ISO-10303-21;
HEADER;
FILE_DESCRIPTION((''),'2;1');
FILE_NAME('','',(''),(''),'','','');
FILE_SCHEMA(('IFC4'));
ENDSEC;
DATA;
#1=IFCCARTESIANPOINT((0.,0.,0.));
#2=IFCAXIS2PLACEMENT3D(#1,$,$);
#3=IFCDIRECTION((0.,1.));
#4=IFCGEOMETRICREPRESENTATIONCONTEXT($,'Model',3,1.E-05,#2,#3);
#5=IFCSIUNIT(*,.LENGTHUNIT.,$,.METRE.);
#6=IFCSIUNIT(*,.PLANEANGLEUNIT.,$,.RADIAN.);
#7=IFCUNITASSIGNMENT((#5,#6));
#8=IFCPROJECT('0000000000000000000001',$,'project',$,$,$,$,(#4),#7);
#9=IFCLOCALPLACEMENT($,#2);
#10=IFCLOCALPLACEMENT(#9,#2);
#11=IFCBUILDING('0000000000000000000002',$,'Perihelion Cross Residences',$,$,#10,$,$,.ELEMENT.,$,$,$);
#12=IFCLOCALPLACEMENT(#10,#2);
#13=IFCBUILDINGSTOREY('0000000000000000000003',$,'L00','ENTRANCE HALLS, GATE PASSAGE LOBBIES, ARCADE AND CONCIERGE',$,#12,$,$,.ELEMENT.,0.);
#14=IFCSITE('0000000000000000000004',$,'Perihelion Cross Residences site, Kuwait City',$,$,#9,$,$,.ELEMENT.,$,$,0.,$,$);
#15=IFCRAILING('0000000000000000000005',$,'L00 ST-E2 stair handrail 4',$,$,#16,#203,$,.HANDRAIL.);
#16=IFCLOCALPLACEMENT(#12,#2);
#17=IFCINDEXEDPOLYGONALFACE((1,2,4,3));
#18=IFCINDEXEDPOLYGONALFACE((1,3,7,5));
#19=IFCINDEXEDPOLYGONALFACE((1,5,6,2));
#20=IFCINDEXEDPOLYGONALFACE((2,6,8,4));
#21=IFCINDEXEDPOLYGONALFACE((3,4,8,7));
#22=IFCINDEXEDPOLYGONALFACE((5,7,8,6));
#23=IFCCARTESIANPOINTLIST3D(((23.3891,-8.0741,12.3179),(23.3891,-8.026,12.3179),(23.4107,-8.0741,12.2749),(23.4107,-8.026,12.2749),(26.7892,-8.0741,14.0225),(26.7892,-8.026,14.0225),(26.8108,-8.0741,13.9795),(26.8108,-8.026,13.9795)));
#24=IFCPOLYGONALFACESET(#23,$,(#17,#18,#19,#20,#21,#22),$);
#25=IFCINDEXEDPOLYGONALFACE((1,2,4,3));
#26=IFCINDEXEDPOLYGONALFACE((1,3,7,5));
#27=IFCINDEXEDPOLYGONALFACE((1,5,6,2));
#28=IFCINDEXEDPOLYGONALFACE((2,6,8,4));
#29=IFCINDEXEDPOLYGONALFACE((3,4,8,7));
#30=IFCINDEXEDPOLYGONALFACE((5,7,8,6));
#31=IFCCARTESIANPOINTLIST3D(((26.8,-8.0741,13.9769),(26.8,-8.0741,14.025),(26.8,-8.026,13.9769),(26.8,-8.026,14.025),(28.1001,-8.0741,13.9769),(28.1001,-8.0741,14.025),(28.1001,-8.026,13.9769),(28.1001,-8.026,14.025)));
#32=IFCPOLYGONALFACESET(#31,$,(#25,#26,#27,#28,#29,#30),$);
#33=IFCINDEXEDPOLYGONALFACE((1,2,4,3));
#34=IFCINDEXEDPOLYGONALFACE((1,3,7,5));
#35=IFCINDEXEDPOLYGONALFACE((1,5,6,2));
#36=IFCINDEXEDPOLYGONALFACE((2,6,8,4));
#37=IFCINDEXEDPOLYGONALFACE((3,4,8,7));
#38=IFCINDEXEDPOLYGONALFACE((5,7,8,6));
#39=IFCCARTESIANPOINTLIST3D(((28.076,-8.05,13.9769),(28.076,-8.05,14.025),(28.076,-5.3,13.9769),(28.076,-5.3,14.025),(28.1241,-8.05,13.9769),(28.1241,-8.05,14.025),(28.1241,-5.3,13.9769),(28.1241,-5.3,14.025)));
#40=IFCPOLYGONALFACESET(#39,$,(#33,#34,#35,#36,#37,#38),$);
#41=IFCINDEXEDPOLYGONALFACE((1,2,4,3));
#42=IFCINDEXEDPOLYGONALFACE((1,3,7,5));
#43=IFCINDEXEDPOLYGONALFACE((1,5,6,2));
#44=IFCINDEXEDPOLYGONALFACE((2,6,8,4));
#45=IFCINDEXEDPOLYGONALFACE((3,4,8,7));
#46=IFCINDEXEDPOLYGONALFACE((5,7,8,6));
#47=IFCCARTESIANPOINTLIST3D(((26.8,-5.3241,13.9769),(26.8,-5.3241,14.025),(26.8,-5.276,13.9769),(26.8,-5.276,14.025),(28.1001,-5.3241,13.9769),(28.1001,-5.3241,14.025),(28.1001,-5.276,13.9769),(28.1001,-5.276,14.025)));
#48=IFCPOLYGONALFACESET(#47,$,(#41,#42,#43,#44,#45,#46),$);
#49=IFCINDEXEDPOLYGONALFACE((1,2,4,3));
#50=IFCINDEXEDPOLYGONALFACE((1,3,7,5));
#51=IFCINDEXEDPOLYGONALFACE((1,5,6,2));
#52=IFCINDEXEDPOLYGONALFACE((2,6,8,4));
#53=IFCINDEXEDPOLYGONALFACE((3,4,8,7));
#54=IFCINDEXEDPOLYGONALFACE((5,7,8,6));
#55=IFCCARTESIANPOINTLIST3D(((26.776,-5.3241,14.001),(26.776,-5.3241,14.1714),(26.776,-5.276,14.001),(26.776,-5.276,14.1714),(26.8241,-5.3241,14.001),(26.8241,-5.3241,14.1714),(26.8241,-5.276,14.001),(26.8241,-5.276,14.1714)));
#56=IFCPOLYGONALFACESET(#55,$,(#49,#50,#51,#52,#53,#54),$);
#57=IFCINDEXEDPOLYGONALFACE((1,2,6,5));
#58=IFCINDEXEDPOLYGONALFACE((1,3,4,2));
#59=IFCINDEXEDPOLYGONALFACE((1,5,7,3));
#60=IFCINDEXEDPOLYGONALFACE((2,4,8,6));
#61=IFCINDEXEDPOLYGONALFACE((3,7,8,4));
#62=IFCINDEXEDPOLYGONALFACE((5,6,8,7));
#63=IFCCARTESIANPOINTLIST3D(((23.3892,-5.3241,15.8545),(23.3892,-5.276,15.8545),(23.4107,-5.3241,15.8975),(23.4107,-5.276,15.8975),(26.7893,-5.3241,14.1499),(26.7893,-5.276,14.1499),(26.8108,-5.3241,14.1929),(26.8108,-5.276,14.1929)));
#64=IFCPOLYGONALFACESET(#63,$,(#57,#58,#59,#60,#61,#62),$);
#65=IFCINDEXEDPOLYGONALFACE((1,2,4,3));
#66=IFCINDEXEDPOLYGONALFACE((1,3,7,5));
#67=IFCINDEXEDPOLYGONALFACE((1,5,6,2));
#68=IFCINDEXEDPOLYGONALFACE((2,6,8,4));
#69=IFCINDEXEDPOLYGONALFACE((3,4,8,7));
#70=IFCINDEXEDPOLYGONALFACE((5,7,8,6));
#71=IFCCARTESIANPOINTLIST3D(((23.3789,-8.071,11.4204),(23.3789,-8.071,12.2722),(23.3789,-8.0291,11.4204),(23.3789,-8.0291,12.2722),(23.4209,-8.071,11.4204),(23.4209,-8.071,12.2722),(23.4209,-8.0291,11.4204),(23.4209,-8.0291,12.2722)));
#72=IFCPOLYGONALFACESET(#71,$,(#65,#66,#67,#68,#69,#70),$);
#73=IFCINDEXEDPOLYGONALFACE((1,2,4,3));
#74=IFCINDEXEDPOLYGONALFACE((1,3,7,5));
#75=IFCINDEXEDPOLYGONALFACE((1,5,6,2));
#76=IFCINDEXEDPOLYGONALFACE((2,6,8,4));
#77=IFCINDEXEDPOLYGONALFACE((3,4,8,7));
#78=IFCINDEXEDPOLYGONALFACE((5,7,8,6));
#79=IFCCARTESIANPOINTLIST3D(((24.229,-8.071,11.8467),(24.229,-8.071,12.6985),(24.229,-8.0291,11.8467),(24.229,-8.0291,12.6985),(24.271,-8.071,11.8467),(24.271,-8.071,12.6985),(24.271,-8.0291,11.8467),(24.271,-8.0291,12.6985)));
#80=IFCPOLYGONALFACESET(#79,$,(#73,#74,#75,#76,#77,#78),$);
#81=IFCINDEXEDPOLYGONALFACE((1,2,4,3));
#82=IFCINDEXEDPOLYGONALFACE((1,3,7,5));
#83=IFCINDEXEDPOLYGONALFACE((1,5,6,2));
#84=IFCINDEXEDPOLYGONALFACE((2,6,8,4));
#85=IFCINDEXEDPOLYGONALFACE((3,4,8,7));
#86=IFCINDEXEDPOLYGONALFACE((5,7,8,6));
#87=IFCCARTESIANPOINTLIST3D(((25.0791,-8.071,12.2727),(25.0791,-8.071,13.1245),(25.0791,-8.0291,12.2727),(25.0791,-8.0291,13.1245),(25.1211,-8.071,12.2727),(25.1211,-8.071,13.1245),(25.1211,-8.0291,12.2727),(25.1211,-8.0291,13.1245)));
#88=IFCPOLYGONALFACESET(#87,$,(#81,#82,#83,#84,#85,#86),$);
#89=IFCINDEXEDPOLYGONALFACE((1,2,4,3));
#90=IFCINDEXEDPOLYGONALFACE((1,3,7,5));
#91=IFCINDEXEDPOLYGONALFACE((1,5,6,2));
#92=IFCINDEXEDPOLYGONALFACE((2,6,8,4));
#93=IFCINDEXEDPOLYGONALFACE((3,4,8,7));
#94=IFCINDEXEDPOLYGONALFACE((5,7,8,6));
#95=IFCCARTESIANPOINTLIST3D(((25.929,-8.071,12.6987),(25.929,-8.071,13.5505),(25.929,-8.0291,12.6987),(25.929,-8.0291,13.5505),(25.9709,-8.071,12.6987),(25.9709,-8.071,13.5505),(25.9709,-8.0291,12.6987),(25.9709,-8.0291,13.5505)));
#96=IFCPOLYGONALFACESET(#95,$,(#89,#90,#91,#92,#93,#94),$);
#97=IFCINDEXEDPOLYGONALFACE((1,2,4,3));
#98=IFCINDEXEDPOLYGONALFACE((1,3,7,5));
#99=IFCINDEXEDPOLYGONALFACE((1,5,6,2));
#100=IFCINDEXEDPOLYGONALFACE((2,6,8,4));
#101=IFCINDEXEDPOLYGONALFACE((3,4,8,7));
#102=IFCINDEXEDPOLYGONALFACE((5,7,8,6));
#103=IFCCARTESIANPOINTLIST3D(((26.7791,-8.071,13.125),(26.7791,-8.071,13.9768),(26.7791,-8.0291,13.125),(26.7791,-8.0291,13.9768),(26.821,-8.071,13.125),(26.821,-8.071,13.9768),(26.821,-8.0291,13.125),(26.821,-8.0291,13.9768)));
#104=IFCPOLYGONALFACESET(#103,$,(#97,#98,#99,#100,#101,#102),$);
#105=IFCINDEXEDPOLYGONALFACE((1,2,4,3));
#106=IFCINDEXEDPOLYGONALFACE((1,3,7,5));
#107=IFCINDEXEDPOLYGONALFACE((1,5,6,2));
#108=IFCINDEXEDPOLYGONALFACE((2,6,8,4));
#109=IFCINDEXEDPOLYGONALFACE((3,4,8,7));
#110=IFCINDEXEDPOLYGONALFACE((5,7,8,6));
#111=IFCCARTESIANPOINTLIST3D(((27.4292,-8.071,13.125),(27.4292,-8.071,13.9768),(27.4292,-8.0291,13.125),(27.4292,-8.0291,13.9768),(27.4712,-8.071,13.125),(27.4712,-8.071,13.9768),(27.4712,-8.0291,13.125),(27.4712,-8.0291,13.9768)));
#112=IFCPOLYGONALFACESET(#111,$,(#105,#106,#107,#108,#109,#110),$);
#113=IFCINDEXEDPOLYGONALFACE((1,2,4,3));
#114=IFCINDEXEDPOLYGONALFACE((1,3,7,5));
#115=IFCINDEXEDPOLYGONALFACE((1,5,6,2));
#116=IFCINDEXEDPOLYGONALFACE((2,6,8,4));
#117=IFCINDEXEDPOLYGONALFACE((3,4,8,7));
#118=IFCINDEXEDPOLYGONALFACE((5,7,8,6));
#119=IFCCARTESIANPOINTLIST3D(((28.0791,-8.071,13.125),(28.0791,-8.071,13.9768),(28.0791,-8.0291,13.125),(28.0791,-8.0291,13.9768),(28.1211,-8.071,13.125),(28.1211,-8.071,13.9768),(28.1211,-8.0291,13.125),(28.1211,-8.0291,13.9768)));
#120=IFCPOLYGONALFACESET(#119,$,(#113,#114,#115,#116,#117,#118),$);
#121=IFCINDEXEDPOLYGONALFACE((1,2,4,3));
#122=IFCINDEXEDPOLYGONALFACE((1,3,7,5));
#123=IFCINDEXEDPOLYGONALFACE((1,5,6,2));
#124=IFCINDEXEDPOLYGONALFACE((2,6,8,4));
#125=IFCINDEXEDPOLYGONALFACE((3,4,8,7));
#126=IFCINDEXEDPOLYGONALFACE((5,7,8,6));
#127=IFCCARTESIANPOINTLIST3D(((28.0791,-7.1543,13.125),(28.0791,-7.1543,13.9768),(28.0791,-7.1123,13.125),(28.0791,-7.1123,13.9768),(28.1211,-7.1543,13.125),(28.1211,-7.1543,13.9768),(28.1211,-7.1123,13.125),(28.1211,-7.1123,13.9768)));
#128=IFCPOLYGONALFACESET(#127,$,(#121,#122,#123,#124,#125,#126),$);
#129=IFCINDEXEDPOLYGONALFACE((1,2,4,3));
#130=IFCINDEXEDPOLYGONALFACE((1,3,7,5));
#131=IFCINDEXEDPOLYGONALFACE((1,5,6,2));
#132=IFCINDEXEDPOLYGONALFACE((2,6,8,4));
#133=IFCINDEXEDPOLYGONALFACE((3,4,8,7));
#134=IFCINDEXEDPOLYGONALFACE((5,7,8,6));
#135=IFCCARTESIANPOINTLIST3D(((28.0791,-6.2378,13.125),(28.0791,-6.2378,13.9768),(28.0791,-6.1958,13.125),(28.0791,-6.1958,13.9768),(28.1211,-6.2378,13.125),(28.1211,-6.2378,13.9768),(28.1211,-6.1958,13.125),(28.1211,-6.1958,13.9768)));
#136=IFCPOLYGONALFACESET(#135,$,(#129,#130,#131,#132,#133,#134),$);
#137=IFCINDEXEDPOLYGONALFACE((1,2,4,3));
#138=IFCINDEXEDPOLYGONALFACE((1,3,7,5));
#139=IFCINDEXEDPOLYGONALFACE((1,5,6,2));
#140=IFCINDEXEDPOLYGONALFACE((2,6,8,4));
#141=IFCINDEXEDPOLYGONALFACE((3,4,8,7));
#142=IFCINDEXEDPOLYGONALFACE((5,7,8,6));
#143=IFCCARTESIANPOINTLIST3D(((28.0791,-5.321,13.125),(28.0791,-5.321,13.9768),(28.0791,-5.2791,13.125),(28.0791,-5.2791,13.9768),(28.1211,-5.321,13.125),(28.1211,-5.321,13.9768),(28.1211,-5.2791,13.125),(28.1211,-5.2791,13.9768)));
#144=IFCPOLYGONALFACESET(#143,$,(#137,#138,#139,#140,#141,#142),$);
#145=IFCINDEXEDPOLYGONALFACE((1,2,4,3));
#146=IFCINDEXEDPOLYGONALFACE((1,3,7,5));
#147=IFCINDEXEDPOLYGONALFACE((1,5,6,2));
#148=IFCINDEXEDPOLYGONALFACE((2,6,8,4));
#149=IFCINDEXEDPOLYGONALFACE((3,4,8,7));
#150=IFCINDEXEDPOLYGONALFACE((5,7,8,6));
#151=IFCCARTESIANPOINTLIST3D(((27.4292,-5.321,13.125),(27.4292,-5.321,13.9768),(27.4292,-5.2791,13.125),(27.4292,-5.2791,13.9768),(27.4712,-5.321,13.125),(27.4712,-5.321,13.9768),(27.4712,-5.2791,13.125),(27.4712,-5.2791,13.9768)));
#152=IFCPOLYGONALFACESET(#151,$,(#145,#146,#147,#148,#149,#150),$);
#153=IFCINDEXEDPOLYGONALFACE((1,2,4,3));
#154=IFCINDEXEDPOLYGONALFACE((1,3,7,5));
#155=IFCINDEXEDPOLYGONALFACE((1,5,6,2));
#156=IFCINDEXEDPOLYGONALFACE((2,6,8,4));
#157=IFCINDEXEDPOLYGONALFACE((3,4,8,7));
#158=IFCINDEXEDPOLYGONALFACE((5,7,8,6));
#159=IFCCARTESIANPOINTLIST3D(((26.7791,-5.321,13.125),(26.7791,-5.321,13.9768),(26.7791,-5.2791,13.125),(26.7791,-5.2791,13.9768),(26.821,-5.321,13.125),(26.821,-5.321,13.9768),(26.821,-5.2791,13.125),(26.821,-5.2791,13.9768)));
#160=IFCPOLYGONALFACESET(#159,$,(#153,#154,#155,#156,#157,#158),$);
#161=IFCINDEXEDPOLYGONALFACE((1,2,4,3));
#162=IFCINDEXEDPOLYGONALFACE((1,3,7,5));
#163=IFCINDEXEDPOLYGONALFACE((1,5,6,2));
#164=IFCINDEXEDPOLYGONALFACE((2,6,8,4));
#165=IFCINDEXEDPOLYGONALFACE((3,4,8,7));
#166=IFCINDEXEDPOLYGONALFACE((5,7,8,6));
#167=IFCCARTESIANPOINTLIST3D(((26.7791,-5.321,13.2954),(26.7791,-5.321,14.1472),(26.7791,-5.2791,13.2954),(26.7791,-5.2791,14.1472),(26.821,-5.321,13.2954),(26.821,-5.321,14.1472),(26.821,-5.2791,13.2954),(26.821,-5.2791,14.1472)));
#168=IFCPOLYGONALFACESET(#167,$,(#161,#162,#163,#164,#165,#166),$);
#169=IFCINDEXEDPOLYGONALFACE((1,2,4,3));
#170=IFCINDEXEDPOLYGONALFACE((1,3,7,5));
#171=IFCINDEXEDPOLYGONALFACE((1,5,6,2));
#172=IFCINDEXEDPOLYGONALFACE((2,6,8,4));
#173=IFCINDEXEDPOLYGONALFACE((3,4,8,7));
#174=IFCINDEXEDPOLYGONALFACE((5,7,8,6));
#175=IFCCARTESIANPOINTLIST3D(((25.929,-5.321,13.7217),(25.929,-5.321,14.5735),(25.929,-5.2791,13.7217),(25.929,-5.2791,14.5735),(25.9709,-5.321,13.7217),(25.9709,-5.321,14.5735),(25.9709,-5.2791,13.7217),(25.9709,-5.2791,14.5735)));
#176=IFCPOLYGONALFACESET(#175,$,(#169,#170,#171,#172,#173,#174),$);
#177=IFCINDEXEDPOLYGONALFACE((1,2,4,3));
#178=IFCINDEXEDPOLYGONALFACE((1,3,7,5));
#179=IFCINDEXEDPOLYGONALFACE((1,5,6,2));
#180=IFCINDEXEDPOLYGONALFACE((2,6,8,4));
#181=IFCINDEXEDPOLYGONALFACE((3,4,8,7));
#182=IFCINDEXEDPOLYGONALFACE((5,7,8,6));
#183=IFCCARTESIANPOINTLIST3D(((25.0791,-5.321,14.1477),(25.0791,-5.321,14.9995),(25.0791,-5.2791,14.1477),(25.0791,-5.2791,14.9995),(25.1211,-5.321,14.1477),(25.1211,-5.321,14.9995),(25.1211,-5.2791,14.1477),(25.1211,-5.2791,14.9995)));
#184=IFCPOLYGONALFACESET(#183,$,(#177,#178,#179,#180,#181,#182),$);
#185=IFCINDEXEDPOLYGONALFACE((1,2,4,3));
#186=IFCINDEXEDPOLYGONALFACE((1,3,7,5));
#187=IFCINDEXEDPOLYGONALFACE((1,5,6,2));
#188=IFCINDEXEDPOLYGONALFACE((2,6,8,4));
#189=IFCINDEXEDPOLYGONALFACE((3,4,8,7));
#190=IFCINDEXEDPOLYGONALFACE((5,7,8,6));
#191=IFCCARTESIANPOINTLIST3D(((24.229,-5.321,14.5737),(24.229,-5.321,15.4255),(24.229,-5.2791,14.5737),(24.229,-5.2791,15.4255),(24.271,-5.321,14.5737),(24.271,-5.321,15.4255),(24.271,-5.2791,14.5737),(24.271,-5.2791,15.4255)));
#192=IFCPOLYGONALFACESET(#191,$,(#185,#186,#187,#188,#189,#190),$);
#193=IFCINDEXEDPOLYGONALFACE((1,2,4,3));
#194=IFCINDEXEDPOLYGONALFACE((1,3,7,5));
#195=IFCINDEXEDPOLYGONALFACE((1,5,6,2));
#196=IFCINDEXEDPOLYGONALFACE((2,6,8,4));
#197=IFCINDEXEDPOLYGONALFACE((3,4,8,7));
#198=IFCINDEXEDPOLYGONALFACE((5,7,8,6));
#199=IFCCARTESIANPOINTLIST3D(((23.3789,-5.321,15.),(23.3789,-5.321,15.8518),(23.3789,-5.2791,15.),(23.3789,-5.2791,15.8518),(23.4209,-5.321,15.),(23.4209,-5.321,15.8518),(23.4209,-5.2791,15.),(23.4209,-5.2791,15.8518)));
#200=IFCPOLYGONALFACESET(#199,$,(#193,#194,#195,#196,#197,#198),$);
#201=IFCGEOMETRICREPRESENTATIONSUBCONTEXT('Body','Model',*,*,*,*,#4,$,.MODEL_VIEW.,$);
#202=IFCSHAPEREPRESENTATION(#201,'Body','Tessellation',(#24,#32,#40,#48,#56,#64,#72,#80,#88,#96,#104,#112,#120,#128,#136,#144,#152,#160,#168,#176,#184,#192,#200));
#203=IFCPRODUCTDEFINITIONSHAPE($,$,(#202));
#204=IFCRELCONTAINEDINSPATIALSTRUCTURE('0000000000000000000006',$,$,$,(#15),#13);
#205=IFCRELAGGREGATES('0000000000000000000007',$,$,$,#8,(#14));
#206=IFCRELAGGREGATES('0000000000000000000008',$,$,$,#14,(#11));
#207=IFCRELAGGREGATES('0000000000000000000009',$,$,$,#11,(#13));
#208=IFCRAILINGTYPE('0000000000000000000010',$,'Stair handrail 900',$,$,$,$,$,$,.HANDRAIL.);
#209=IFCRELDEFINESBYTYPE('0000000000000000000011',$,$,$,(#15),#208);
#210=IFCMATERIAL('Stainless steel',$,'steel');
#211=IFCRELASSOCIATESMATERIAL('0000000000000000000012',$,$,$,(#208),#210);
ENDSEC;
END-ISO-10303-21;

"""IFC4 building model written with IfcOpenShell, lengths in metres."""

from ifc_helpers import new_model, si_unit, direction, frame, origin, origin_2d, place, context, subcontext, project, spatial, rectangle, extrude, material, type_object, element, save


model = new_model("IFC4")

# Units and contexts
model_context = context("Model", 3, precision=1e-05, world=origin(), true_north=direction((0.0, 1.0)))
body_context = subcontext(model_context, "Body", "Model", "MODEL_VIEW")
ifc_project = project(units=[si_unit("LENGTHUNIT", "METRE"), si_unit("PLANEANGLEUNIT", "RADIAN")], contexts=[model_context])

# Site, building, storey
site_placement = place(None, origin())
site = spatial("IfcSite", under=ifc_project, at=site_placement, Name="Perihelion Cross Residences site, Kuwait City", CompositionType="ELEMENT", RefElevation=0.0)
building_placement = place(site_placement, origin())
building = spatial("IfcBuilding", under=site, at=building_placement, Name="Perihelion Cross Residences", CompositionType="ELEMENT")
storey_placement = place(building_placement, origin())
storey = spatial("IfcBuildingStorey", under=building, at=storey_placement, Name="L00", Description="ENTRANCE HALLS, GATE PASSAGE LOBBIES, ARCADE AND CONCIERGE", CompositionType="ELEMENT", Elevation=0.0)

# Railing
ifc_material_1 = material(Name="Stainless steel", Category="steel")
railing_type_1 = type_object("IfcRailingType", Name="Stair handrail 900", PredefinedType="HANDRAIL", material=ifc_material_1)
railing_1_placement = place(storey_placement, frame((23.3999, -8.05, 11.4204)))
element("IfcRailing", 1, at=railing_1_placement, inside=storey, type_object=railing_type_1, Name="L00 ST-E2 stair handrail 4", PredefinedType="HANDRAIL", context=body_context, shape_type="SweptSolid", body=[
    extrude(rectangle(XDim=0.0481, YDim=0.0481, at=origin_2d()), frame((0.0, 0.0, 0.876), z_axis=(0.893952, 0.0, 0.448163), x_axis=(0.0, 1.0, 0.0)), (0.0, 0.0, 1.0), 3.8035),
    extrude(rectangle(XDim=0.0481, YDim=0.0481, at=origin_2d()), frame((3.4001, 0.0, 2.5806), z_axis=(1.0, 0.0, 0.0), x_axis=(0.0, 1.0, 0.0)), (0.0, 0.0, 1.0), 1.3),
    extrude(rectangle(XDim=0.0481, YDim=0.0481, at=origin_2d()), frame((4.7002, 0.0, 2.5806), z_axis=(0.0, 1.0, 0.0), x_axis=(-1.0, 0.0, 0.0)), (0.0, 0.0, 1.0), 2.75),
    extrude(rectangle(XDim=0.0481, YDim=0.0481, at=origin_2d()), frame((4.7002, 2.75, 2.5806), z_axis=(-1.0, 0.0, 0.0), x_axis=(0.0, -1.0, 0.0)), (0.0, 0.0, 1.0), 1.3),
    extrude(rectangle(XDim=0.0481, YDim=0.0481, at=origin_2d()), frame((3.4001, 2.75, 2.5806), z_axis=(0.0, 0.0, 1.0), x_axis=(1.0, 0.0, 0.0)), (0.0, 0.0, 1.0), 0.1704),
    extrude(rectangle(XDim=0.0481, YDim=0.0481, at=origin_2d()), frame((3.4001, 2.75, 2.751), z_axis=(-0.893952, 0.0, 0.448163), x_axis=(0.0, -1.0, 0.0)), (0.0, 0.0, 1.0), 3.8035),
    extrude(rectangle(XDim=0.042, YDim=0.042, at=origin_2d()), origin(), (0.0, 0.0, 1.0), 0.8518),
    extrude(rectangle(XDim=0.042, YDim=0.042, at=origin_2d()), frame((0.8501, 0.0, 0.4263)), (0.0, 0.0, 1.0), 0.8518),
    extrude(rectangle(XDim=0.042, YDim=0.042, at=origin_2d()), frame((1.7002, 0.0, 0.8523)), (0.0, 0.0, 1.0), 0.8518),
    extrude(rectangle(XDim=0.042, YDim=0.042, at=origin_2d()), frame((2.55, 0.0, 1.2783)), (0.0, 0.0, 1.0), 0.8518),
    extrude(rectangle(XDim=0.042, YDim=0.042, at=origin_2d()), frame((3.4001, 0.0, 1.7046)), (0.0, 0.0, 1.0), 0.8518),
    extrude(rectangle(XDim=0.042, YDim=0.042, at=origin_2d()), frame((4.0503, 0.0, 1.7046)), (0.0, 0.0, 1.0), 0.8518),
    extrude(rectangle(XDim=0.042, YDim=0.042, at=origin_2d()), frame((4.7002, 0.0, 1.7046)), (0.0, 0.0, 1.0), 0.8518),
    extrude(rectangle(XDim=0.042, YDim=0.042, at=origin_2d()), frame((4.7002, 0.9167, 1.7046)), (0.0, 0.0, 1.0), 0.8518),
    extrude(rectangle(XDim=0.042, YDim=0.042, at=origin_2d()), frame((4.7002, 1.8333, 1.7046)), (0.0, 0.0, 1.0), 0.8518),
    extrude(rectangle(XDim=0.042, YDim=0.042, at=origin_2d()), frame((4.7002, 2.75, 1.7046)), (0.0, 0.0, 1.0), 0.8518),
    extrude(rectangle(XDim=0.042, YDim=0.042, at=origin_2d()), frame((4.0503, 2.75, 1.7046)), (0.0, 0.0, 1.0), 0.8518),
    extrude(rectangle(XDim=0.042, YDim=0.042, at=origin_2d()), frame((3.4001, 2.75, 1.7046)), (0.0, 0.0, 1.0), 0.8518),
    extrude(rectangle(XDim=0.042, YDim=0.042, at=origin_2d()), frame((3.4001, 2.75, 1.875)), (0.0, 0.0, 1.0), 0.8518),
    extrude(rectangle(XDim=0.042, YDim=0.042, at=origin_2d()), frame((2.55, 2.75, 2.3013)), (0.0, 0.0, 1.0), 0.8518),
    extrude(rectangle(XDim=0.042, YDim=0.042, at=origin_2d()), frame((1.7002, 2.75, 2.7273)), (0.0, 0.0, 1.0), 0.8518),
    extrude(rectangle(XDim=0.042, YDim=0.042, at=origin_2d()), frame((0.8501, 2.75, 3.1533)), (0.0, 0.0, 1.0), 0.8518),
    extrude(rectangle(XDim=0.042, YDim=0.042, at=origin_2d()), frame((0.0, 2.75, 3.5796)), (0.0, 0.0, 1.0), 0.8518),
])

save(model, "model.ifc")
